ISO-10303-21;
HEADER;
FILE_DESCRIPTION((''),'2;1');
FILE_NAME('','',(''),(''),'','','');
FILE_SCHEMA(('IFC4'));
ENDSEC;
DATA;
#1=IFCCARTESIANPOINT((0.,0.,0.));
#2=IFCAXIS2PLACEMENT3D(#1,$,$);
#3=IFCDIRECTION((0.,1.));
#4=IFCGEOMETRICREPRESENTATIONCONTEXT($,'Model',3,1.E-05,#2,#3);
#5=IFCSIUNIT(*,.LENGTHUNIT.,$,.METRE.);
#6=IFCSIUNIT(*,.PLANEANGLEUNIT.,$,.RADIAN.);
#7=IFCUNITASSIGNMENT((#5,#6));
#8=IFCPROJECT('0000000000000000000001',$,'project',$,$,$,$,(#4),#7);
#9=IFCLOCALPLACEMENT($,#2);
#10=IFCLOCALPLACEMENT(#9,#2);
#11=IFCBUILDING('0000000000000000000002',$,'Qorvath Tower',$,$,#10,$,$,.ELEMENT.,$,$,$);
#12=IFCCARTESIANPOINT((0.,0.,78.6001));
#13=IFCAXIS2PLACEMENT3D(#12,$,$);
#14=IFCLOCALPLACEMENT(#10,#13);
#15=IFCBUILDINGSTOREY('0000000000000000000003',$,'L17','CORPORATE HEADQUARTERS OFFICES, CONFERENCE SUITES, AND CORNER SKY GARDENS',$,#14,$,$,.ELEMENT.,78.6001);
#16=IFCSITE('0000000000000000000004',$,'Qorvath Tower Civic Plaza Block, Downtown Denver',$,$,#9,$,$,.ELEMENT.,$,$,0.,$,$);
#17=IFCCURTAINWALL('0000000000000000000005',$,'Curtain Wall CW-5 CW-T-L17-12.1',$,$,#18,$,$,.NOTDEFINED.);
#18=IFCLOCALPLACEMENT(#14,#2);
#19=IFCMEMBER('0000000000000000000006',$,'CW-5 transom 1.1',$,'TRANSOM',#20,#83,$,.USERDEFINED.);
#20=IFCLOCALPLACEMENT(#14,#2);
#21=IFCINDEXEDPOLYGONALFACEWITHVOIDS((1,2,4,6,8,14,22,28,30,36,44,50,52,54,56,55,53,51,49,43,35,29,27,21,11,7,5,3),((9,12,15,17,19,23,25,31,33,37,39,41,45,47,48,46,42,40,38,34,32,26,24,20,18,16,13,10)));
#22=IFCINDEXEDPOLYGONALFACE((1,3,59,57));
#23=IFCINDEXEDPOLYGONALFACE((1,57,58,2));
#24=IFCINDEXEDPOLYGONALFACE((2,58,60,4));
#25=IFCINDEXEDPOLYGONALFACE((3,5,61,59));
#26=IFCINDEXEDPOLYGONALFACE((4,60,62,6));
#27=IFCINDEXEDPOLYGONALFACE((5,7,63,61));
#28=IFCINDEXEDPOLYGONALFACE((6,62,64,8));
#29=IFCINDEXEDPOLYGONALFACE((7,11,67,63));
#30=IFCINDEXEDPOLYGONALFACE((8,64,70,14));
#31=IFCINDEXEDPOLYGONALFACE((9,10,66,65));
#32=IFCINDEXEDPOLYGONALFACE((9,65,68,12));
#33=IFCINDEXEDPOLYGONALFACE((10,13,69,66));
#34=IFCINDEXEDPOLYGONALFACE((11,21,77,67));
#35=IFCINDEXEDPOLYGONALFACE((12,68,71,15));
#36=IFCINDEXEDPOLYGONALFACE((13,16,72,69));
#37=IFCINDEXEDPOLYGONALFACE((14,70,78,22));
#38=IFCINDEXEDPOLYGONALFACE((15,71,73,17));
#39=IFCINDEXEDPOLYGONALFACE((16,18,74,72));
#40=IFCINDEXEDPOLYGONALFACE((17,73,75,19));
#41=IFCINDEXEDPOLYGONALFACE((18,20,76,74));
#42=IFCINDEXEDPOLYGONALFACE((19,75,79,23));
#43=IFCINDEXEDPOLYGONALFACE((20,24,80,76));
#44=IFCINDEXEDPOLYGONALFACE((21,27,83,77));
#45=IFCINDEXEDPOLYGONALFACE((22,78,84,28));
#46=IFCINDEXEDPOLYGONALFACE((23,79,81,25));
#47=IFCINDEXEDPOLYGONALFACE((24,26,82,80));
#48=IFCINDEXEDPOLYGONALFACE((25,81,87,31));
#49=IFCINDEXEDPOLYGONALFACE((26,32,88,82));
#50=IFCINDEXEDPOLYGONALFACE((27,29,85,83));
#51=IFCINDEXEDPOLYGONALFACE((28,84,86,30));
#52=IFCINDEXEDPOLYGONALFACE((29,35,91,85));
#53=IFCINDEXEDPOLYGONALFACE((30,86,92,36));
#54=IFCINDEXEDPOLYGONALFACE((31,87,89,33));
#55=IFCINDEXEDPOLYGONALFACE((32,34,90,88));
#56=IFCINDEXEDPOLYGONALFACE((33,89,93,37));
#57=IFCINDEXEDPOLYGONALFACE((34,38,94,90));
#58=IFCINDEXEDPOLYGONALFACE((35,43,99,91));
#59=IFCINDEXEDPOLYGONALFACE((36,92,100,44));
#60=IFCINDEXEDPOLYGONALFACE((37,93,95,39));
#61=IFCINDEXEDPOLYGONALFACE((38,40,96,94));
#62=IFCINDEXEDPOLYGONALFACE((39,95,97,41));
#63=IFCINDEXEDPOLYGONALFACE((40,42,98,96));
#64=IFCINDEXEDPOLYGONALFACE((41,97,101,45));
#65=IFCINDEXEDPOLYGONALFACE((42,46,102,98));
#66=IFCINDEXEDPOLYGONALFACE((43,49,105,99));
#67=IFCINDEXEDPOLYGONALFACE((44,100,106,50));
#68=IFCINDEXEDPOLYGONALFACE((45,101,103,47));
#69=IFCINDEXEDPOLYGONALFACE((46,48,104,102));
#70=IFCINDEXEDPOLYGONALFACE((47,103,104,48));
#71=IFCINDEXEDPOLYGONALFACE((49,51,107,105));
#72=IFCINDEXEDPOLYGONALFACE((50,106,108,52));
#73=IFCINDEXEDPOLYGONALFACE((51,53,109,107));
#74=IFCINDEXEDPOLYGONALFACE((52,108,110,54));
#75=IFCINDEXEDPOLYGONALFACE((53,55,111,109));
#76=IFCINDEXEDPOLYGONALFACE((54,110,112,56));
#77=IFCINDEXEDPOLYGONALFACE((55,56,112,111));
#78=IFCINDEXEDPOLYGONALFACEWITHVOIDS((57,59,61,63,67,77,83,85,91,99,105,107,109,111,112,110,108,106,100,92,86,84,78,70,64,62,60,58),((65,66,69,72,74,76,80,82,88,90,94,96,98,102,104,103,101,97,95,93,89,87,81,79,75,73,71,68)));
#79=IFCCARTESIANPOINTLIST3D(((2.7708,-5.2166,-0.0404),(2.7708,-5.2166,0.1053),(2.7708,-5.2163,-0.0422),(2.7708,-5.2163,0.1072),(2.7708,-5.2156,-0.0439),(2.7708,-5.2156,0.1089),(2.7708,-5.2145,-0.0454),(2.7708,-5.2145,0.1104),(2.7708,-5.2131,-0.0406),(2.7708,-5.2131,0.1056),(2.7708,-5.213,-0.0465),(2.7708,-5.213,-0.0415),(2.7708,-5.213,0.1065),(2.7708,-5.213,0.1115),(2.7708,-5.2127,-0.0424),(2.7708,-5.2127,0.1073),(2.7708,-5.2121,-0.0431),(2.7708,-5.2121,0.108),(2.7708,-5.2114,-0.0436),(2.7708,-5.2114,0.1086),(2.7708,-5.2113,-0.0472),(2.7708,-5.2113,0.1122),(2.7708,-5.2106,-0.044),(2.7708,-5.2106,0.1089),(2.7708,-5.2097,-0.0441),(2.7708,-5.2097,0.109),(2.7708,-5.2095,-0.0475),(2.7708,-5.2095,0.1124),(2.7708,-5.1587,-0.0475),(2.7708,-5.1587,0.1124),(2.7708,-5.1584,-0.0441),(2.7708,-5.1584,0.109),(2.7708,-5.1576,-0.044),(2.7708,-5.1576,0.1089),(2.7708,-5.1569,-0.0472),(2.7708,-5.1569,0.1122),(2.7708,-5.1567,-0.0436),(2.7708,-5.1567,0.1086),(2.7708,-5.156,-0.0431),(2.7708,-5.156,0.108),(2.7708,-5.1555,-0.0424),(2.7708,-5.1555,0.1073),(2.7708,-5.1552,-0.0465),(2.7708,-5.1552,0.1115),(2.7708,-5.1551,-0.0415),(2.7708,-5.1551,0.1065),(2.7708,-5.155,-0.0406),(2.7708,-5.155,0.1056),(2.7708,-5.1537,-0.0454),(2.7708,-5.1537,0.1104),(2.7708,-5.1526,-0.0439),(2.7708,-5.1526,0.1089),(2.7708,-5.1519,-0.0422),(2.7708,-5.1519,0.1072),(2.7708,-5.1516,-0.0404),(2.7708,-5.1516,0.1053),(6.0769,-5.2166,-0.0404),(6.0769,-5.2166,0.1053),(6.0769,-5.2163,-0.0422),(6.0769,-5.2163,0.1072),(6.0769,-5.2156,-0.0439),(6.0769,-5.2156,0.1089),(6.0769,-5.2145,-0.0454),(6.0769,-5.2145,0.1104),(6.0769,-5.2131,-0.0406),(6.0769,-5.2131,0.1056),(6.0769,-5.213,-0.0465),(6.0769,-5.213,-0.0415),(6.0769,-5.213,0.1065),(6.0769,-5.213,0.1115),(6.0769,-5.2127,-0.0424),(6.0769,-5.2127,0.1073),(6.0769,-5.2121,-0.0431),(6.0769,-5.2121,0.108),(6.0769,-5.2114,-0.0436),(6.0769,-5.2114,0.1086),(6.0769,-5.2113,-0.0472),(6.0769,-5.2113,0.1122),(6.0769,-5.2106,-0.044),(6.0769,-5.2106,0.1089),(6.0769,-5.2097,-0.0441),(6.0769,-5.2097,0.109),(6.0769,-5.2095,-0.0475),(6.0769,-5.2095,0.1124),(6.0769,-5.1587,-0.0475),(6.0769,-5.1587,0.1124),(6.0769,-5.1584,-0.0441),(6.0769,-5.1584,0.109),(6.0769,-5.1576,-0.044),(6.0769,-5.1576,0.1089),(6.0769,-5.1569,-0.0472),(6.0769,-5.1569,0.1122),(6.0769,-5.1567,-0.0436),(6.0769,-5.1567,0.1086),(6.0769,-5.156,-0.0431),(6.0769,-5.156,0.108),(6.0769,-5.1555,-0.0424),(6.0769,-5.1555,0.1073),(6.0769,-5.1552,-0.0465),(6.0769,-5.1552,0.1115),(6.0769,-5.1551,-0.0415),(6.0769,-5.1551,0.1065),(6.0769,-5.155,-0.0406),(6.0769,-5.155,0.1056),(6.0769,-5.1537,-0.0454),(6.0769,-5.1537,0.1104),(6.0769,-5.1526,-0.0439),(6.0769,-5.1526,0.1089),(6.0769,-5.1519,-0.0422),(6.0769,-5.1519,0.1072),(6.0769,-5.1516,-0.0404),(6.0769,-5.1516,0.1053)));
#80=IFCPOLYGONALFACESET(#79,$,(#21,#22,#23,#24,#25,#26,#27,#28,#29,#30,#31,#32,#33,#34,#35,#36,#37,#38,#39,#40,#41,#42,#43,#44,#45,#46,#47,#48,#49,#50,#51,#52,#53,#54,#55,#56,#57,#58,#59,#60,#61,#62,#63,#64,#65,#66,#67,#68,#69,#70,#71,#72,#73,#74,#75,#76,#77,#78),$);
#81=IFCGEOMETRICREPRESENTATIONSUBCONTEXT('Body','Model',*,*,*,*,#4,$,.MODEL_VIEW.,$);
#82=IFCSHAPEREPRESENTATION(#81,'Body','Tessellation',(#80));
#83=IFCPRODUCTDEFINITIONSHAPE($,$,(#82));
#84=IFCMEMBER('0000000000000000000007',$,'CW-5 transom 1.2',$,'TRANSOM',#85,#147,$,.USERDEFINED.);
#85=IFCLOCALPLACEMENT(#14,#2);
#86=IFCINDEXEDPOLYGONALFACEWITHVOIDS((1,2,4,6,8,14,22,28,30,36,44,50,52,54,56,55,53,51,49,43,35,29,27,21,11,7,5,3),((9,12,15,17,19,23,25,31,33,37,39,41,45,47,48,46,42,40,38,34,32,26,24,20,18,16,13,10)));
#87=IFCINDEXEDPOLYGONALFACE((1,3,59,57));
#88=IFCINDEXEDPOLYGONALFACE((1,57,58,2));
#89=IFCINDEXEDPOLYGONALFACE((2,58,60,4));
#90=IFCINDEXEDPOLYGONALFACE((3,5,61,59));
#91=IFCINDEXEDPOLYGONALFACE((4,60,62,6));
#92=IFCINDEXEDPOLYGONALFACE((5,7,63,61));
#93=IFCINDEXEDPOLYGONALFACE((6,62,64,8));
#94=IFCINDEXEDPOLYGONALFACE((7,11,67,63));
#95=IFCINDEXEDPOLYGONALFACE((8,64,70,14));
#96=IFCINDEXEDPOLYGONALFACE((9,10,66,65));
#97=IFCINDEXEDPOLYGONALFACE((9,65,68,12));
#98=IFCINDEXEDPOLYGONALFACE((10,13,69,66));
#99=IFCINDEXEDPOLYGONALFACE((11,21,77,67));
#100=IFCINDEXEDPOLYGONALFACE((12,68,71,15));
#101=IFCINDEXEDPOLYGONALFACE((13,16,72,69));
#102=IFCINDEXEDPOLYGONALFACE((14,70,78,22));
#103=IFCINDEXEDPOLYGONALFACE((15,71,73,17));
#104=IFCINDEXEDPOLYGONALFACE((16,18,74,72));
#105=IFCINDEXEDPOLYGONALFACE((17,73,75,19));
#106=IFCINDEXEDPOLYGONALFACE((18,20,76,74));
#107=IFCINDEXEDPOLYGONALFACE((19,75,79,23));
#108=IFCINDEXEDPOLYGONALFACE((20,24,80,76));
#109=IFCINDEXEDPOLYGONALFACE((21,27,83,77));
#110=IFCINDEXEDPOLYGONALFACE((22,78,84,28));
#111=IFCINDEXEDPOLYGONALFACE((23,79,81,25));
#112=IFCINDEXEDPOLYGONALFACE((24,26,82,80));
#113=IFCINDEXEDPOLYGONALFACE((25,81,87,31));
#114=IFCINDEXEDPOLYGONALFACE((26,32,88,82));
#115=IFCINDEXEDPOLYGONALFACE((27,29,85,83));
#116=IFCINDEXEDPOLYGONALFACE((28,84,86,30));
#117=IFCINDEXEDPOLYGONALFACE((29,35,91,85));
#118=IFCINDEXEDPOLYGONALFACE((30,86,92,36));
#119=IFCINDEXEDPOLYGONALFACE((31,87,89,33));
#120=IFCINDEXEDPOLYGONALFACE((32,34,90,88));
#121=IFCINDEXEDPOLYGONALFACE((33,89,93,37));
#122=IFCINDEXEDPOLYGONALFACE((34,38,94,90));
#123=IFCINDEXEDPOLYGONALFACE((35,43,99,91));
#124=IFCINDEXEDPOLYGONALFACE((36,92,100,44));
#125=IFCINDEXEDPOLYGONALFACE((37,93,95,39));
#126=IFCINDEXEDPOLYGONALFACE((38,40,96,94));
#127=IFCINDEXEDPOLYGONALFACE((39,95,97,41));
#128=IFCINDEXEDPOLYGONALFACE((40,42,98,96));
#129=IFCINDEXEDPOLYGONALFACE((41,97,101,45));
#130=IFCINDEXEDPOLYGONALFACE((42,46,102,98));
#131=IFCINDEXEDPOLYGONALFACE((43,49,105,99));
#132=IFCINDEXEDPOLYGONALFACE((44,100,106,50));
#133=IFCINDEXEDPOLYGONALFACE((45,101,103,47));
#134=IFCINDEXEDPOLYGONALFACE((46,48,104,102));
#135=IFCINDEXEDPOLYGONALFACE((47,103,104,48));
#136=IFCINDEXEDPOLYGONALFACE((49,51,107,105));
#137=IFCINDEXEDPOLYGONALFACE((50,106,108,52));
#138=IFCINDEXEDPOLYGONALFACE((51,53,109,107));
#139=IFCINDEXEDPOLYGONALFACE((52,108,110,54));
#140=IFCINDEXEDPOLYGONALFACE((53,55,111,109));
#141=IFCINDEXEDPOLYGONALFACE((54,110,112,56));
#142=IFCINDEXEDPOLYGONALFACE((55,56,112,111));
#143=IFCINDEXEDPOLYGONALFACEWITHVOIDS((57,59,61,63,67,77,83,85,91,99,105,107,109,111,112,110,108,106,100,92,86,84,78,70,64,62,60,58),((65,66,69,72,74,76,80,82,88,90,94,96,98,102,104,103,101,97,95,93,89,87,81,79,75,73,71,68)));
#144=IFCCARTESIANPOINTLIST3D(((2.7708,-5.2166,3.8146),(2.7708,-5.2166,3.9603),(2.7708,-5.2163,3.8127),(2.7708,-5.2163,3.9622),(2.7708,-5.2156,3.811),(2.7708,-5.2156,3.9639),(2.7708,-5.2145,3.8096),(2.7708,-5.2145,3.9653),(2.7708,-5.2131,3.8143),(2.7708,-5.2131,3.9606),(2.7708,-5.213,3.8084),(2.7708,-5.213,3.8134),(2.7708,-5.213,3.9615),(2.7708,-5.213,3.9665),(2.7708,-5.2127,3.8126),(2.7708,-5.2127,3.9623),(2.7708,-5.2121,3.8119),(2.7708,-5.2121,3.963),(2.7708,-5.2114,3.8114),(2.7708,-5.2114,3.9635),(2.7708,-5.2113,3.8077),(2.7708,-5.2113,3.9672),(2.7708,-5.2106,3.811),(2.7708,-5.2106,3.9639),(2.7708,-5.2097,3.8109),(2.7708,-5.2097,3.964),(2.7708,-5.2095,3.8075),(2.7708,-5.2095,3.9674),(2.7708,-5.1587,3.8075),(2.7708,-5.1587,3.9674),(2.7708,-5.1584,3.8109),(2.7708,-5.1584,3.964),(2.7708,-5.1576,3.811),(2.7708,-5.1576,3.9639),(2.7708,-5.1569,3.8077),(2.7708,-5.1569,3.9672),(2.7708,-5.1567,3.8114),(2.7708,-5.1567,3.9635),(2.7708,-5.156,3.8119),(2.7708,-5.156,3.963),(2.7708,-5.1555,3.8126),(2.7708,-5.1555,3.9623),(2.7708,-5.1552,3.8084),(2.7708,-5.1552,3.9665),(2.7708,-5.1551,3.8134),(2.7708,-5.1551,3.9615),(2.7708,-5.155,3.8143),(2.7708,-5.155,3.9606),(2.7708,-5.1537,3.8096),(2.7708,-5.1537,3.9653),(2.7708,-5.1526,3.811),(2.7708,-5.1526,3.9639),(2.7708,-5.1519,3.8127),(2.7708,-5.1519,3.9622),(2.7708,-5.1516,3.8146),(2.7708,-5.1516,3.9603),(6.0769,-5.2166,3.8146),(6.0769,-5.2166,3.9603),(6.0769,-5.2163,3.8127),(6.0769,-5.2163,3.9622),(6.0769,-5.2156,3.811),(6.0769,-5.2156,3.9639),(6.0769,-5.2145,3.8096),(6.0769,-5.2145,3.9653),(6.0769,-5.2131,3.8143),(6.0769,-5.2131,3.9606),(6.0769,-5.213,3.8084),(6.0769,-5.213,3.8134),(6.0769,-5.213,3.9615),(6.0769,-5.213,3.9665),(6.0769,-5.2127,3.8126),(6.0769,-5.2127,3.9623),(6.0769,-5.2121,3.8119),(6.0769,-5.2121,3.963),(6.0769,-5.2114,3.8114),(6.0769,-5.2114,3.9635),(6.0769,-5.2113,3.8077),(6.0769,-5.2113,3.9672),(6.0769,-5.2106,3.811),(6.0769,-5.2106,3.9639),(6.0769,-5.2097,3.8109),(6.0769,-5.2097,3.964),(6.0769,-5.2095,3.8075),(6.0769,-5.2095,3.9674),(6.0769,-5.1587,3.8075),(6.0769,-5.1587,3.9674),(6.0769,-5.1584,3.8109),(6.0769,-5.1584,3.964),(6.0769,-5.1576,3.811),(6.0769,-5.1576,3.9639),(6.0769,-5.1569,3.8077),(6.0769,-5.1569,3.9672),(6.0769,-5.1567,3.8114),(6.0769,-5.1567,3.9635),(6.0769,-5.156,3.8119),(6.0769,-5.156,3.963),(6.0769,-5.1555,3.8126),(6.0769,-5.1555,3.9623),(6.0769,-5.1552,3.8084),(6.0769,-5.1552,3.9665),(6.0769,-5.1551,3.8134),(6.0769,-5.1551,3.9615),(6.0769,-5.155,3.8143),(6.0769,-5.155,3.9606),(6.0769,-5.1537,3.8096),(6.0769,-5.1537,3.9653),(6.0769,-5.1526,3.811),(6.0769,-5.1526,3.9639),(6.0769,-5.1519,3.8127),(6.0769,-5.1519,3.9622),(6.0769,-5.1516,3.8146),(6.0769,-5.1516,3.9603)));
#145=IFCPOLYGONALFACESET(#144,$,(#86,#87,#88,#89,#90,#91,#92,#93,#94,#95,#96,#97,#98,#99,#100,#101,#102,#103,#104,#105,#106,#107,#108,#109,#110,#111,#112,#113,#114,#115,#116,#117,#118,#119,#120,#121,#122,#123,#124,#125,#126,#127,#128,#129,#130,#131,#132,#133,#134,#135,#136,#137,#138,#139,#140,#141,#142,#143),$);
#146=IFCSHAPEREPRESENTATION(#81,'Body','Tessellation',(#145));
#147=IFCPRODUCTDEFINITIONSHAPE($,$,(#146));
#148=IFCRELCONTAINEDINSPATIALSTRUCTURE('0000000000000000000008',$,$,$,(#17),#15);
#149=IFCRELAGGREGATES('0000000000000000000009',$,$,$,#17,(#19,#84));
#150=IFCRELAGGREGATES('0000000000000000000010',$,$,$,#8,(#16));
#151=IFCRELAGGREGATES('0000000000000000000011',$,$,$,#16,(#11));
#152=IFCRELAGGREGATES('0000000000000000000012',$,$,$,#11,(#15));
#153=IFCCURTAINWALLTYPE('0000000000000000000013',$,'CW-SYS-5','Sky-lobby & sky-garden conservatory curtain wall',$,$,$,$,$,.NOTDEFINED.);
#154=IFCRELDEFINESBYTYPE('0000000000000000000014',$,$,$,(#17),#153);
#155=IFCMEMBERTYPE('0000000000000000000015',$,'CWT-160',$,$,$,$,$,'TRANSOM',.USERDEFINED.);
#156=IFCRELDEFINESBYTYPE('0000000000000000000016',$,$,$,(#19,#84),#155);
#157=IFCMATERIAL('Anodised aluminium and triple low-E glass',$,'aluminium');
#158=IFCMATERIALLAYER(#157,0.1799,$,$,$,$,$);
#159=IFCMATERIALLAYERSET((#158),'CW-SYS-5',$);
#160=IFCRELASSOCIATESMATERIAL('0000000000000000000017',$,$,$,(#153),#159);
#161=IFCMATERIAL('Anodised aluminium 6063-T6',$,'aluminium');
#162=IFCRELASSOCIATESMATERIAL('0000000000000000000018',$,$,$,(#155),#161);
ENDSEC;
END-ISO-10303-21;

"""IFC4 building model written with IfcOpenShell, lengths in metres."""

from ifc_helpers import new_model, si_unit, direction, frame, origin, origin_2d, place, context, subcontext, project, spatial, hollow_rectangle, extrude, material, layer, layer_set, material_profile, profile_set, type_object, element, aggregate, save


model = new_model("IFC4")

# Units and contexts
model_context = context("Model", 3, precision=1e-05, world=origin(), true_north=direction((0.0, 1.0)))
body_context = subcontext(model_context, "Body", "Model", "MODEL_VIEW")
ifc_project = project(units=[si_unit("LENGTHUNIT", "METRE"), si_unit("PLANEANGLEUNIT", "RADIAN")], contexts=[model_context])

# Site, building, storey
site_placement = place(None, origin())
site = spatial("IfcSite", under=ifc_project, at=site_placement, Name="Qorvath Tower Civic Plaza Block, Downtown Denver", CompositionType="ELEMENT", RefElevation=0.0)
building_placement = place(site_placement, origin())
building = spatial("IfcBuilding", under=site, at=building_placement, Name="Qorvath Tower", CompositionType="ELEMENT")
storey_placement = place(building_placement, frame((0.0, 0.0, 78.6001)))
storey = spatial("IfcBuildingStorey", under=building, at=storey_placement, Name="L17", Description="CORPORATE HEADQUARTERS OFFICES, CONFERENCE SUITES, AND CORNER SKY GARDENS", CompositionType="ELEMENT", Elevation=78.6001)

# Shared definitions
ifc_material_1 = material(Name="Anodised aluminium and triple low-E glass", Category="aluminium")
ifc_layer_1 = layer(ifc_material_1, 0.1799)
ifc_layer_set_1 = layer_set([ifc_layer_1], Name="CW-SYS-5")
curtain_wall_type = type_object("IfcCurtainWallType", Name="CW-SYS-5", Description="Sky-lobby & sky-garden conservatory curtain wall", PredefinedType="NOTDEFINED", material=ifc_layer_set_1)

# Curtain wall
curtain_wall_1_placement = place(storey_placement, origin())
curtain_wall_1 = element("IfcCurtainWall", 1, at=curtain_wall_1_placement, inside=storey, type_object=curtain_wall_type, Name="Curtain Wall CW-5 CW-T-L17-12.1", PredefinedType="NOTDEFINED")

# Members
ifc_material_2 = material(Name="Anodised aluminium 6063-T6", Category="aluminium")
ifc_material_profile_1 = material_profile(ifc_material_2, hollow_rectangle(XDim=0.0649, YDim=0.1599, WallThickness=0.0034, InnerFilletRadius=0.0034, OuterFilletRadius=0.0071, at=origin_2d()), Name="CWT 160x65")
ifc_profile_set_1 = profile_set([ifc_material_profile_1], Name="Anodised aluminium 6063-T6")
member_type_1 = type_object("IfcMemberType", Name="CWT-160", ElementType="TRANSOM", PredefinedType="USERDEFINED", material=ifc_profile_set_1)
member_1_placement = place(storey_placement, frame((6.0769, -5.1841, 0.0325), z_axis=(-1.0, 0.0, 0.0), x_axis=(0.0, -1.0, 0.0)))
member_1 = element("IfcMember", 2, at=member_1_placement, type_object=member_type_1, Name="CW-5 transom 1.1", ObjectType="TRANSOM", PredefinedType="USERDEFINED", context=body_context, shape_type="SweptSolid", body=[
    extrude(hollow_rectangle(XDim=0.0649, YDim=0.1599, WallThickness=0.0034, InnerFilletRadius=0.0034, OuterFilletRadius=0.0071, at=origin_2d()), origin(), (0.0, 0.0, 1.0), 3.3062),
])
member_2_placement = place(storey_placement, frame((6.0769, -5.1841, 3.8875), z_axis=(-1.0, 0.0, 0.0), x_axis=(0.0, -1.0, 0.0)))
member_2 = element("IfcMember", 3, at=member_2_placement, type_object=member_type_1, Name="CW-5 transom 1.2", ObjectType="TRANSOM", PredefinedType="USERDEFINED", context=body_context, shape_type="SweptSolid", body=[
    extrude(hollow_rectangle(XDim=0.0649, YDim=0.1599, WallThickness=0.0034, InnerFilletRadius=0.0034, OuterFilletRadius=0.0071, at=origin_2d()), origin(), (0.0, 0.0, 1.0), 3.3062),
])

aggregate(curtain_wall_1, [member_1, member_2])

save(model, "model.ifc")
